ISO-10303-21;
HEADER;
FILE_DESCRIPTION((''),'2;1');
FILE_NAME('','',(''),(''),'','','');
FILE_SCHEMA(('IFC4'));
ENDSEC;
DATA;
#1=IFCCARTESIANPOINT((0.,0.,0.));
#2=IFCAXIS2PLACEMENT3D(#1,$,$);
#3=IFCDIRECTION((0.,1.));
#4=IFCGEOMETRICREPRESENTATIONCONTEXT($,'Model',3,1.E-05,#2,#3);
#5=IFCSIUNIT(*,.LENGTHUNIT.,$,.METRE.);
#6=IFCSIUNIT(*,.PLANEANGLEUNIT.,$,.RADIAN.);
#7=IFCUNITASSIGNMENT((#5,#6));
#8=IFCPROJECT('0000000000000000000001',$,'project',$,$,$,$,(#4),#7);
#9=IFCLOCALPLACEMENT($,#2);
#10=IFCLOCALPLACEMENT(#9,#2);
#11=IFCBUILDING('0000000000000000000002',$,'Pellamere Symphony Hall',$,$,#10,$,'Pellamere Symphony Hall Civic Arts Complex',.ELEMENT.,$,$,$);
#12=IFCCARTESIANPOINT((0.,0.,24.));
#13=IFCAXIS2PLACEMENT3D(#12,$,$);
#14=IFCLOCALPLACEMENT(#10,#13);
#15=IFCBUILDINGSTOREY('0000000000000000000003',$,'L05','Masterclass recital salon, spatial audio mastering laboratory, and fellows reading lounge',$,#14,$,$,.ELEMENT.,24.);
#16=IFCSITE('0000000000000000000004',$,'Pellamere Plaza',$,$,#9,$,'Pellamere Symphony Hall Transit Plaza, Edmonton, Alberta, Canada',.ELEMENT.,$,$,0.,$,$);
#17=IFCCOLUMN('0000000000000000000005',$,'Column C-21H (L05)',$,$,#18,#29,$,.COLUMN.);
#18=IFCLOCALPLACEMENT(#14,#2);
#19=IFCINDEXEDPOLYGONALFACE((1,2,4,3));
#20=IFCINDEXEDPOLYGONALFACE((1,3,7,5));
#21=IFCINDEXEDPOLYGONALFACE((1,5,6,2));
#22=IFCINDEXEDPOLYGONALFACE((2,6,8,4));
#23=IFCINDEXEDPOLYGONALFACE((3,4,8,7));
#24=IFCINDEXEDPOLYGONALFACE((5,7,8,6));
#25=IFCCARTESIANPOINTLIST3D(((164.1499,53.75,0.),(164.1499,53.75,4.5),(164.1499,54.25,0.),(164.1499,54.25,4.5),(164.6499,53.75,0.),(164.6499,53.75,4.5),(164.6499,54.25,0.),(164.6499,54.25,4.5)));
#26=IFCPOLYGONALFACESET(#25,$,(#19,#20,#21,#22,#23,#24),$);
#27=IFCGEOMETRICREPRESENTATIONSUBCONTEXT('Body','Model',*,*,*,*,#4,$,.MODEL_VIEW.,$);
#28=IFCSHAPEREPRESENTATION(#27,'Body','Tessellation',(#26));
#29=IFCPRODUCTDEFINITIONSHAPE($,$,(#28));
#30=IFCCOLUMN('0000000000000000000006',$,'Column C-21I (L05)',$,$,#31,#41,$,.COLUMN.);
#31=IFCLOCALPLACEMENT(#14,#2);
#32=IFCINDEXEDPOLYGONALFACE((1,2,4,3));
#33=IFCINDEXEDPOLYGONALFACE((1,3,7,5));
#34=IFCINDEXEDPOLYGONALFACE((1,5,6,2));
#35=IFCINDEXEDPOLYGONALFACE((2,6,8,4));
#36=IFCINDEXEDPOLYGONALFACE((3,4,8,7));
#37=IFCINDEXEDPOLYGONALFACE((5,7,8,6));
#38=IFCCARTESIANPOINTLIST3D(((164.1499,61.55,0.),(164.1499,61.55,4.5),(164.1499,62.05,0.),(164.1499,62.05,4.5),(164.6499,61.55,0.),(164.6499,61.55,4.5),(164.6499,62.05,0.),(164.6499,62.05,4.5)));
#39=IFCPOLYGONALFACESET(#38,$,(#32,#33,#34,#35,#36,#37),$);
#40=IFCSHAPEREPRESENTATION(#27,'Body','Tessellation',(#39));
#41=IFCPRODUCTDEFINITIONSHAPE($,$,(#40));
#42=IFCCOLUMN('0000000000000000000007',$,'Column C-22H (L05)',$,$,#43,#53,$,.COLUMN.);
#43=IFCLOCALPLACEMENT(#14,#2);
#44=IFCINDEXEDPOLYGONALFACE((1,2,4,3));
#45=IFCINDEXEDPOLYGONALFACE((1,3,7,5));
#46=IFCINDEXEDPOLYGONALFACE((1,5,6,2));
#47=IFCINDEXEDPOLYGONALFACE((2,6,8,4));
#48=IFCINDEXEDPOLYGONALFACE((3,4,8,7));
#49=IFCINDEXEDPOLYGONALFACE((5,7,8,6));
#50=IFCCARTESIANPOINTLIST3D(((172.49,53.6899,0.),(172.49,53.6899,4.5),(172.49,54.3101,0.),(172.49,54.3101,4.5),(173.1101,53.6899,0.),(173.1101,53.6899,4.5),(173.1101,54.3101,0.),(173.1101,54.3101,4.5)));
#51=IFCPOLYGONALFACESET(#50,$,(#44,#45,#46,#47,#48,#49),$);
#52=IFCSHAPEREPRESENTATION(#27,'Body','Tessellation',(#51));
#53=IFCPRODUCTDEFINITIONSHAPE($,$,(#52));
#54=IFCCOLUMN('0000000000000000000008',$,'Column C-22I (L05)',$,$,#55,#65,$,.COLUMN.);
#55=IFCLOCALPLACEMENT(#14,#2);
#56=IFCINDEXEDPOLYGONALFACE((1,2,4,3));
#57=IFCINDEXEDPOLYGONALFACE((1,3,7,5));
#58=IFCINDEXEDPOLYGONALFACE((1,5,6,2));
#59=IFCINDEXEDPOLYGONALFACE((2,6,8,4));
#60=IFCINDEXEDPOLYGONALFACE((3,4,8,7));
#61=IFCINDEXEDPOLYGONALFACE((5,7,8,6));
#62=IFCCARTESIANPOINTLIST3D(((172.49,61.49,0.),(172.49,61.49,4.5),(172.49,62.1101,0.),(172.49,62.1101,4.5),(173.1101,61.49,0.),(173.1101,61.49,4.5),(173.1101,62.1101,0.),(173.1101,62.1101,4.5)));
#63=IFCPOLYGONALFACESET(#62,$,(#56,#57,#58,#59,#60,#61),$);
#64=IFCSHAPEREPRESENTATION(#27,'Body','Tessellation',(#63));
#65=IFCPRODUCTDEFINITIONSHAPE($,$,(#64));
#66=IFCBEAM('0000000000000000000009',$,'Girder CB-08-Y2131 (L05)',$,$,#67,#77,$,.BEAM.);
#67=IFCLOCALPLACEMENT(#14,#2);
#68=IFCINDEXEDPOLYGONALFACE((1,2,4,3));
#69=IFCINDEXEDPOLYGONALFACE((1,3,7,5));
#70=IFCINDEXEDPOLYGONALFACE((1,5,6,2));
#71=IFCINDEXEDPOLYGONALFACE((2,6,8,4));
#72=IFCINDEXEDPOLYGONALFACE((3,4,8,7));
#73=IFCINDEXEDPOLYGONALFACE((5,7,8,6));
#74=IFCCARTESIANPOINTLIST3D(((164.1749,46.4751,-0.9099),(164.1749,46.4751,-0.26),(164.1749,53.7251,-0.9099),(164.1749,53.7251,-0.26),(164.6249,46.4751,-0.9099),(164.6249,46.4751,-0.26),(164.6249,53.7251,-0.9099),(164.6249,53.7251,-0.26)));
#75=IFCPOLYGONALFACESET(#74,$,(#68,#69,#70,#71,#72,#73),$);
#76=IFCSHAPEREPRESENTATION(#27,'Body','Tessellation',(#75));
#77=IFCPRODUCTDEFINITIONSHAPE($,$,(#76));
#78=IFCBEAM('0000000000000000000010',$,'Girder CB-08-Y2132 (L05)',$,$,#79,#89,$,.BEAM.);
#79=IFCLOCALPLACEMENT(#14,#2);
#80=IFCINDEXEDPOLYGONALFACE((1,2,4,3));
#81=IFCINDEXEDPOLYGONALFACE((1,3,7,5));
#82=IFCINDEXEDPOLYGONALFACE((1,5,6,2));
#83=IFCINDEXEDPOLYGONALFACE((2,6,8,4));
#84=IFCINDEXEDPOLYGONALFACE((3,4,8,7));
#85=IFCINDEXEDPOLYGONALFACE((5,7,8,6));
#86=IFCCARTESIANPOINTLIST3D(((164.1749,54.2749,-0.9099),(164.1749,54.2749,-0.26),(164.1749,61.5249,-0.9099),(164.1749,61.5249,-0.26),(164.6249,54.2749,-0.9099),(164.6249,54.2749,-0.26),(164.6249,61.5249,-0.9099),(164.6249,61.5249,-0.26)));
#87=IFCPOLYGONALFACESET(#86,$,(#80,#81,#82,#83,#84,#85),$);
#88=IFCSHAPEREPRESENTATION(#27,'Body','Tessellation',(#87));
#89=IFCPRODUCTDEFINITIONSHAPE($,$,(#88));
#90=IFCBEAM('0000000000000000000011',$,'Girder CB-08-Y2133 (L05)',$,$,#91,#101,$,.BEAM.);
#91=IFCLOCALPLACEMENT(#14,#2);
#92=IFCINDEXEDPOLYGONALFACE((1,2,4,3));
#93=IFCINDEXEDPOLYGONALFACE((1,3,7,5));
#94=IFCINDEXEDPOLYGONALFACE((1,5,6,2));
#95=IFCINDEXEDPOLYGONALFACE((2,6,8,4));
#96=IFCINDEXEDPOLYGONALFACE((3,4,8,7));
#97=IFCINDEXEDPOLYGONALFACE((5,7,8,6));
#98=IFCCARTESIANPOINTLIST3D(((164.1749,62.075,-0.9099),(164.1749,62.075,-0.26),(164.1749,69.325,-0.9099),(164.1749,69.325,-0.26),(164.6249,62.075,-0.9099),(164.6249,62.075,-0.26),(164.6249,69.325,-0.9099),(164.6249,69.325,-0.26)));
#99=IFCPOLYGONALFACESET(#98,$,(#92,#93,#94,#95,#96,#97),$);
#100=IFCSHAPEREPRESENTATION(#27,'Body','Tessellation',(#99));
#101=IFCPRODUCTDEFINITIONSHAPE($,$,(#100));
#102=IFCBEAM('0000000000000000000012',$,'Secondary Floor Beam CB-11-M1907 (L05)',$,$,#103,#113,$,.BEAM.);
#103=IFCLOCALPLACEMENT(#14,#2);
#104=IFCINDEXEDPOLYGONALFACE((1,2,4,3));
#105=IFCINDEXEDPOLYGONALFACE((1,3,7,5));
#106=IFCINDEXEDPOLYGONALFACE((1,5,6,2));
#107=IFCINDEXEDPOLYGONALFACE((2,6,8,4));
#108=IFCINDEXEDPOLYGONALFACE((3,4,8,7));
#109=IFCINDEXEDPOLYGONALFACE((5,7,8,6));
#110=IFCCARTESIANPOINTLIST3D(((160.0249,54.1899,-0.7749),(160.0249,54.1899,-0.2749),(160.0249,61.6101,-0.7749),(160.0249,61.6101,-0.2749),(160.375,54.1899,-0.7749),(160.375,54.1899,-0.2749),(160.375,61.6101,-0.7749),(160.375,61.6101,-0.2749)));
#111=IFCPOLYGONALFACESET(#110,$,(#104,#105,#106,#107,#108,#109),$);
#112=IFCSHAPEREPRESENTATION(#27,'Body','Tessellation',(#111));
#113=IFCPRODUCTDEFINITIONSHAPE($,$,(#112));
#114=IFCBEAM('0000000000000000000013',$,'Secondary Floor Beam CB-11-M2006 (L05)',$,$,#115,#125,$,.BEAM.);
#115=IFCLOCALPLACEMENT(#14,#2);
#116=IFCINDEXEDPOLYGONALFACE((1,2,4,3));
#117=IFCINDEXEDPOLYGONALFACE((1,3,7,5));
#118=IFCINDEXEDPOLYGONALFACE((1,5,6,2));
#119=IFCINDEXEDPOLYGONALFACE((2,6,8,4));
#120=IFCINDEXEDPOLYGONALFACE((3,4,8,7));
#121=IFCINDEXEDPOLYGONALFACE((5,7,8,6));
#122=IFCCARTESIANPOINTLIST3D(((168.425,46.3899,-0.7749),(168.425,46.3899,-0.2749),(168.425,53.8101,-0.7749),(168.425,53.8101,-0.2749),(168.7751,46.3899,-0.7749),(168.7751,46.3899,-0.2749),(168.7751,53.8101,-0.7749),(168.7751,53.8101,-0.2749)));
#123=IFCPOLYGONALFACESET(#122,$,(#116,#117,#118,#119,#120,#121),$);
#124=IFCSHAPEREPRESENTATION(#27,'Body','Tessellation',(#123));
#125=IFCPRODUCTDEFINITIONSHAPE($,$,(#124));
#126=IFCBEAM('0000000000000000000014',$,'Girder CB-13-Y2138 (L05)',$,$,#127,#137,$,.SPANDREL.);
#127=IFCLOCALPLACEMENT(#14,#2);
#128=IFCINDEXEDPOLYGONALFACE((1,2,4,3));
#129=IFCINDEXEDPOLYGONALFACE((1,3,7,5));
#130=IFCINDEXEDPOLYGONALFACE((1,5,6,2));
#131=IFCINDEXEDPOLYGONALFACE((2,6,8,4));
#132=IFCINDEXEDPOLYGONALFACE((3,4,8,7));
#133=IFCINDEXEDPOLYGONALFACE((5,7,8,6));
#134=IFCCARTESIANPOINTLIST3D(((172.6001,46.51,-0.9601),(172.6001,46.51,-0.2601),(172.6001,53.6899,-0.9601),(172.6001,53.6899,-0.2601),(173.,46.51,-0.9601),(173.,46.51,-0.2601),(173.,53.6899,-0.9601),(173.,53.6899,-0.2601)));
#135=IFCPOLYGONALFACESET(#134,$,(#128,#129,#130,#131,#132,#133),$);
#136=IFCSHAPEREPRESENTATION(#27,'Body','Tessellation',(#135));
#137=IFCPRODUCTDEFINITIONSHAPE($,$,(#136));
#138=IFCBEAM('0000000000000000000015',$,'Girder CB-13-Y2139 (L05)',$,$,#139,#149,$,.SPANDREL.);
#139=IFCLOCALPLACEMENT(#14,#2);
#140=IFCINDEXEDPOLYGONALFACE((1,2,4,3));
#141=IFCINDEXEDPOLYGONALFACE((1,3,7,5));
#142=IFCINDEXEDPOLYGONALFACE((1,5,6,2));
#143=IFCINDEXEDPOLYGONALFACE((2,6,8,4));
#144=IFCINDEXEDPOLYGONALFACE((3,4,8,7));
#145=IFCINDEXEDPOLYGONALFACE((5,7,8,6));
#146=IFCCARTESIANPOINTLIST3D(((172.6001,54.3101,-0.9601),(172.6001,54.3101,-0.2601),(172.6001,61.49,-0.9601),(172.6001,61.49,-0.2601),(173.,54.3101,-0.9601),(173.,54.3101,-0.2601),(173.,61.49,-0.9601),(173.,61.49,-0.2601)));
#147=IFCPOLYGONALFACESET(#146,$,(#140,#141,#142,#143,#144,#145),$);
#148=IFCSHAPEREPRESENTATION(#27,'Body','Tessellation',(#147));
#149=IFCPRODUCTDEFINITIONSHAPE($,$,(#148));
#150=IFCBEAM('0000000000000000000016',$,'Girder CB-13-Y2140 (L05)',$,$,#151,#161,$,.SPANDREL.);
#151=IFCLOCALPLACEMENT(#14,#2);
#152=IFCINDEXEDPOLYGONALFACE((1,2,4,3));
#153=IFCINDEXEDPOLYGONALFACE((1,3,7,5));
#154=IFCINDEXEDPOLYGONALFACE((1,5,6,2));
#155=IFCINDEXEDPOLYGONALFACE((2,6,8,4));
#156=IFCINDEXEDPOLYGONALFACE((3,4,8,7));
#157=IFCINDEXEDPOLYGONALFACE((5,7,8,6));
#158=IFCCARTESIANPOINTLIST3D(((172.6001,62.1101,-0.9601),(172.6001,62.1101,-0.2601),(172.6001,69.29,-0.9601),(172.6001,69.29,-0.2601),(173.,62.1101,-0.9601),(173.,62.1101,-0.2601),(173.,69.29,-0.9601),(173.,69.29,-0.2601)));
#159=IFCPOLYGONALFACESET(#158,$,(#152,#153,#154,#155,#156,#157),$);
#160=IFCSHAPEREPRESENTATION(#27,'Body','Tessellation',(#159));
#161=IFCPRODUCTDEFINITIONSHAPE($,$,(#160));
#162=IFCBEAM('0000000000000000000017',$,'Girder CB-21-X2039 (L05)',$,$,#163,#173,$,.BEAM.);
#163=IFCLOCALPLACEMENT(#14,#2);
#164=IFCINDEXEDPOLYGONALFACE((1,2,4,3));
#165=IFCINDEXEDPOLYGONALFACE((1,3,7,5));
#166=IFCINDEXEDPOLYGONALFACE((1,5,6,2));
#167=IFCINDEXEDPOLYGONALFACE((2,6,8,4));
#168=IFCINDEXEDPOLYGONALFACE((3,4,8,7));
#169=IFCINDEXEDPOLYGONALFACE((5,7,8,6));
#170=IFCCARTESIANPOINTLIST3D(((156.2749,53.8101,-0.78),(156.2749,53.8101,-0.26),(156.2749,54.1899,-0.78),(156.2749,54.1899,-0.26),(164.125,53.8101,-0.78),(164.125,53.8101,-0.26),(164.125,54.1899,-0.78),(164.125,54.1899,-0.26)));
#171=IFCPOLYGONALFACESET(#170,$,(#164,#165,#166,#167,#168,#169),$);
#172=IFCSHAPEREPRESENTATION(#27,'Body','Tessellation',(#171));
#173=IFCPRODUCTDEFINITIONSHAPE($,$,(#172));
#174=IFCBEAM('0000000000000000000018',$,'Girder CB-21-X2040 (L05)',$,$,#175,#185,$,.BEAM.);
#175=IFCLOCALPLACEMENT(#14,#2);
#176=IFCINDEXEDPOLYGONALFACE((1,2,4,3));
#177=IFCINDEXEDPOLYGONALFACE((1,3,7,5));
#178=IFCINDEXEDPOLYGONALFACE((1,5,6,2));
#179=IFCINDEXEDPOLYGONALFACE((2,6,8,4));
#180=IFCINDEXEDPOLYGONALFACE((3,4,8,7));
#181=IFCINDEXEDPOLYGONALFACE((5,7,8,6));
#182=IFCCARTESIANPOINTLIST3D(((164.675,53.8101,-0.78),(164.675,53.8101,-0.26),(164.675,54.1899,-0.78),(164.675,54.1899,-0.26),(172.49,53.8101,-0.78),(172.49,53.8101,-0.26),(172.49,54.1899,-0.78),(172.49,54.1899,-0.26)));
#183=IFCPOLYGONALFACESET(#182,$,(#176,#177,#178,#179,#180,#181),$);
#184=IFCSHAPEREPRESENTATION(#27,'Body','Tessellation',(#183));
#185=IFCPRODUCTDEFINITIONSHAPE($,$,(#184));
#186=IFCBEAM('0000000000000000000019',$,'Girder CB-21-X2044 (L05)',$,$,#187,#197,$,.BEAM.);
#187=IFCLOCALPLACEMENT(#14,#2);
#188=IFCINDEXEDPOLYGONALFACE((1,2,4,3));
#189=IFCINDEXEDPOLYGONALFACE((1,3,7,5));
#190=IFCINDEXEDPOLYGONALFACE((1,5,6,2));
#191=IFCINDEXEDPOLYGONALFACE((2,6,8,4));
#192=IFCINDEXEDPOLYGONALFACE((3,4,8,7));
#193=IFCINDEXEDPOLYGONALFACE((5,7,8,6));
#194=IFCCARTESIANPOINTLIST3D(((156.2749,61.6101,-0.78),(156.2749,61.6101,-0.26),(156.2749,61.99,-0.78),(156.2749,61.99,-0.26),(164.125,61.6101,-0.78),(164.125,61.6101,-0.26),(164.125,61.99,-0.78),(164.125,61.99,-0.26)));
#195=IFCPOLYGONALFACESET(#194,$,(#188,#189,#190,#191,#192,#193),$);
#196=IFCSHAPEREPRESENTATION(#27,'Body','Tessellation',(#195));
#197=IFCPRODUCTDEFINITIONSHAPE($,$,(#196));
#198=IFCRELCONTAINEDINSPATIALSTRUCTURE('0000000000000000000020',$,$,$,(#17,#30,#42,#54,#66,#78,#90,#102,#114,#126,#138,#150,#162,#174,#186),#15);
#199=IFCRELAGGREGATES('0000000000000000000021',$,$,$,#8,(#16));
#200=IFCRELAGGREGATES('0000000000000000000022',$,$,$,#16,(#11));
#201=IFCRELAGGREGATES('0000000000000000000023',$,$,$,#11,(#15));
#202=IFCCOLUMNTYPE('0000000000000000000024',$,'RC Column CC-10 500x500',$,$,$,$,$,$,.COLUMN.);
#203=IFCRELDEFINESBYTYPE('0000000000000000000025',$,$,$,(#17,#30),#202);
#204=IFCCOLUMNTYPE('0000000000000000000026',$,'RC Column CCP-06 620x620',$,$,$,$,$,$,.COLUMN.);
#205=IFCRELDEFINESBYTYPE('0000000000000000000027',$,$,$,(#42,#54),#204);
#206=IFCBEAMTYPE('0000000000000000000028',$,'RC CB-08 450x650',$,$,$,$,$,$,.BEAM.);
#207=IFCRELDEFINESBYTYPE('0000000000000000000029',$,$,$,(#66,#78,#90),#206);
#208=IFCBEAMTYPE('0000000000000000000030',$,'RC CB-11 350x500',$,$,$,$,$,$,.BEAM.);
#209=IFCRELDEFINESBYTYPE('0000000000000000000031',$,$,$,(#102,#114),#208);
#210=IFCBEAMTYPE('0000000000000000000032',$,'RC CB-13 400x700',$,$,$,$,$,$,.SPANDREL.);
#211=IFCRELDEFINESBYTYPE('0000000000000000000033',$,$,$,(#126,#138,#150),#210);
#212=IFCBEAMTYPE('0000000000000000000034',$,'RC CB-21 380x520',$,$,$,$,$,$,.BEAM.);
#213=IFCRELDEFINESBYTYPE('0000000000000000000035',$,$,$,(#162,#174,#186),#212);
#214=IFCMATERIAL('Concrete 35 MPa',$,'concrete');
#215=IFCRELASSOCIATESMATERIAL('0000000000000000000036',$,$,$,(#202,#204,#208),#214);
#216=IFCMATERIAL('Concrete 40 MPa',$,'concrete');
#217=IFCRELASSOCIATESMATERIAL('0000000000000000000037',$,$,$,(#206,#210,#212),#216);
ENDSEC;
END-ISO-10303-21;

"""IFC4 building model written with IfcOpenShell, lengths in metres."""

from ifc_helpers import new_model, si_unit, direction, frame, origin, origin_2d, place, context, subcontext, project, spatial, rectangle, extrude, material, material_profile, profile_set, type_object, element, save


model = new_model("IFC4")

# Units and contexts
model_context = context("Model", 3, precision=1e-05, world=origin(), true_north=direction((0.0, 1.0)))
body_context = subcontext(model_context, "Body", "Model", "MODEL_VIEW")
ifc_project = project(units=[si_unit("LENGTHUNIT", "METRE"), si_unit("PLANEANGLEUNIT", "RADIAN")], contexts=[model_context])

# Site, building, storey
site_placement = place(None, origin())
site = spatial("IfcSite", under=ifc_project, at=site_placement, Name="Pellamere Plaza", LongName="Pellamere Symphony Hall Transit Plaza, Edmonton, Alberta, Canada", CompositionType="ELEMENT", RefElevation=0.0)
building_placement = place(site_placement, origin())
building = spatial("IfcBuilding", under=site, at=building_placement, Name="Pellamere Symphony Hall", LongName="Pellamere Symphony Hall Civic Arts Complex", CompositionType="ELEMENT")
storey_placement = place(building_placement, frame((0.0, 0.0, 24.0)))
storey = spatial("IfcBuildingStorey", under=building, at=storey_placement, Name="L05", Description="Masterclass recital salon, spatial audio mastering laboratory, and fellows reading lounge", CompositionType="ELEMENT", Elevation=24.0)

# Columns
ifc_material_1 = material(Name="Concrete 35 MPa", Category="concrete")
ifc_material_profile_1 = material_profile(ifc_material_1, rectangle(XDim=0.5, YDim=0.5, at=origin_2d()), Name="RC 500x500")
ifc_profile_set_1 = profile_set([ifc_material_profile_1], Name="Concrete 35 MPa")
column_type_1 = type_object("IfcColumnType", Name="RC Column CC-10 500x500", PredefinedType="COLUMN", material=ifc_profile_set_1)
for number, where, z_axis, x_axis, name in (
    (1, (164.3999, 54.0, 0.0), (0.0, 0.0, 1.0), (1.0, 0.0, 0.0), "Column C-21H (L05)"),
    (2, (164.3999, 61.8, 0.0), (0.0, 0.0, 1.0), (1.0, 0.0, 0.0), "Column C-21I (L05)"),
):
    element("IfcColumn", number, at=place(storey_placement, frame(where, z_axis=z_axis, x_axis=x_axis)), inside=storey, type_object=column_type_1, Name=name, PredefinedType="COLUMN", context=body_context, shape_type="SweptSolid", body=[
        extrude(rectangle(XDim=0.5, YDim=0.5, at=origin_2d()), origin(), (0.0, 0.0, 1.0), 4.5),
    ])
ifc_material_profile_2 = material_profile(ifc_material_1, rectangle(XDim=0.6201, YDim=0.6201, at=origin_2d()), Name="RC 620x620")
ifc_profile_set_2 = profile_set([ifc_material_profile_2], Name="Concrete 35 MPa")
column_type_2 = type_object("IfcColumnType", Name="RC Column CCP-06 620x620", PredefinedType="COLUMN", material=ifc_profile_set_2)
for number, where, z_axis, x_axis, name in (
    (3, (172.8, 54.0, 0.0), (0.0, 0.0, 1.0), (1.0, 0.0, 0.0), "Column C-22H (L05)"),
    (4, (172.8, 61.8, 0.0), (0.0, 0.0, 1.0), (1.0, 0.0, 0.0), "Column C-22I (L05)"),
):
    element("IfcColumn", number, at=place(storey_placement, frame(where, z_axis=z_axis, x_axis=x_axis)), inside=storey, type_object=column_type_2, Name=name, PredefinedType="COLUMN", context=body_context, shape_type="SweptSolid", body=[
        extrude(rectangle(XDim=0.6201, YDim=0.6201, at=origin_2d()), origin(), (0.0, 0.0, 1.0), 4.5),
    ])

# Beams
ifc_material_2 = material(Name="Concrete 40 MPa", Category="concrete")
ifc_material_profile_3 = material_profile(ifc_material_2, rectangle(XDim=0.45, YDim=0.6499, at=origin_2d()), Name="RC 450x650")
ifc_profile_set_3 = profile_set([ifc_material_profile_3], Name="Concrete 40 MPa")
beam_type_1 = type_object("IfcBeamType", Name="RC CB-08 450x650", PredefinedType="BEAM", material=ifc_profile_set_3)
for number, where, z_axis, x_axis, name in (
    (5, (164.3999, 46.4751, -0.585), (0.0, 1.0, 0.0), (-1.0, 0.0, 0.0), "Girder CB-08-Y2131 (L05)"),
    (6, (164.3999, 54.2749, -0.585), (0.0, 1.0, 0.0), (-1.0, 0.0, 0.0), "Girder CB-08-Y2132 (L05)"),
    (7, (164.3999, 62.075, -0.585), (0.0, 1.0, 0.0), (-1.0, 0.0, 0.0), "Girder CB-08-Y2133 (L05)"),
):
    element("IfcBeam", number, at=place(storey_placement, frame(where, z_axis=z_axis, x_axis=x_axis)), inside=storey, type_object=beam_type_1, Name=name, PredefinedType="BEAM", context=body_context, shape_type="SweptSolid", body=[
        extrude(rectangle(XDim=0.45, YDim=0.6499, at=origin_2d()), origin(), (0.0, 0.0, 1.0), 7.25),
    ])
ifc_material_profile_4 = material_profile(ifc_material_1, rectangle(XDim=0.3501, YDim=0.5, at=origin_2d()), Name="RC 350x500")
ifc_profile_set_4 = profile_set([ifc_material_profile_4], Name="Concrete 35 MPa")
beam_type_2 = type_object("IfcBeamType", Name="RC CB-11 350x500", PredefinedType="BEAM", material=ifc_profile_set_4)
for number, where, z_axis, x_axis, name in (
    (8, (160.2, 54.1899, -0.5249), (0.0, 1.0, 0.0), (-1.0, 0.0, 0.0), "Secondary Floor Beam CB-11-M1907 (L05)"),
    (9, (168.6001, 46.3899, -0.5249), (0.0, 1.0, 0.0), (-1.0, 0.0, 0.0), "Secondary Floor Beam CB-11-M2006 (L05)"),
):
    element("IfcBeam", number, at=place(storey_placement, frame(where, z_axis=z_axis, x_axis=x_axis)), inside=storey, type_object=beam_type_2, Name=name, PredefinedType="BEAM", context=body_context, shape_type="SweptSolid", body=[
        extrude(rectangle(XDim=0.3501, YDim=0.5, at=origin_2d()), origin(), (0.0, 0.0, 1.0), 7.4202),
    ])
ifc_material_profile_5 = material_profile(ifc_material_2, rectangle(XDim=0.3999, YDim=0.7, at=origin_2d()), Name="RC 400x700")
ifc_profile_set_5 = profile_set([ifc_material_profile_5], Name="Concrete 40 MPa")
beam_type_3 = type_object("IfcBeamType", Name="RC CB-13 400x700", PredefinedType="SPANDREL", material=ifc_profile_set_5)
for number, where, z_axis, x_axis, name in (
    (10, (172.8, 46.51, -0.6101), (0.0, 1.0, 0.0), (-1.0, 0.0, 0.0), "Girder CB-13-Y2138 (L05)"),
    (11, (172.8, 54.3101, -0.6101), (0.0, 1.0, 0.0), (-1.0, 0.0, 0.0), "Girder CB-13-Y2139 (L05)"),
    (12, (172.8, 62.1101, -0.6101), (0.0, 1.0, 0.0), (-1.0, 0.0, 0.0), "Girder CB-13-Y2140 (L05)"),
):
    element("IfcBeam", number, at=place(storey_placement, frame(where, z_axis=z_axis, x_axis=x_axis)), inside=storey, type_object=beam_type_3, Name=name, PredefinedType="SPANDREL", context=body_context, shape_type="SweptSolid", body=[
        extrude(rectangle(XDim=0.3999, YDim=0.7, at=origin_2d()), origin(), (0.0, 0.0, 1.0), 7.1799),
    ])
ifc_material_profile_6 = material_profile(ifc_material_2, rectangle(XDim=0.3799, YDim=0.52, at=origin_2d()), Name="RC 380x520")
ifc_profile_set_6 = profile_set([ifc_material_profile_6], Name="Concrete 40 MPa")
beam_type_4 = type_object("IfcBeamType", Name="RC CB-21 380x520", PredefinedType="BEAM", material=ifc_profile_set_6)
beam_1_placement = place(storey_placement, frame((156.2749, 54.0, -0.52), z_axis=(1.0, 0.0, 0.0), x_axis=(0.0, 1.0, 0.0)))
element("IfcBeam", 13, at=beam_1_placement, inside=storey, type_object=beam_type_4, Name="Girder CB-21-X2039 (L05)", PredefinedType="BEAM", context=body_context, shape_type="SweptSolid", body=[
    extrude(rectangle(XDim=0.3799, YDim=0.52, at=origin_2d()), origin(), (0.0, 0.0, 1.0), 7.8501),
])
beam_2_placement = place(storey_placement, frame((164.675, 54.0, -0.52), z_axis=(1.0, 0.0, 0.0), x_axis=(0.0, 1.0, 0.0)))
element("IfcBeam", 14, at=beam_2_placement, inside=storey, type_object=beam_type_4, Name="Girder CB-21-X2040 (L05)", PredefinedType="BEAM", context=body_context, shape_type="SweptSolid", body=[
    extrude(rectangle(XDim=0.3799, YDim=0.52, at=origin_2d()), origin(), (0.0, 0.0, 1.0), 7.8149),
])
beam_3_placement = place(storey_placement, frame((156.2749, 61.8, -0.52), z_axis=(1.0, 0.0, 0.0), x_axis=(0.0, 1.0, 0.0)))
element("IfcBeam", 15, at=beam_3_placement, inside=storey, type_object=beam_type_4, Name="Girder CB-21-X2044 (L05)", PredefinedType="BEAM", context=body_context, shape_type="SweptSolid", body=[
    extrude(rectangle(XDim=0.3799, YDim=0.52, at=origin_2d()), origin(), (0.0, 0.0, 1.0), 7.8501),
])

save(model, "model.ifc")
